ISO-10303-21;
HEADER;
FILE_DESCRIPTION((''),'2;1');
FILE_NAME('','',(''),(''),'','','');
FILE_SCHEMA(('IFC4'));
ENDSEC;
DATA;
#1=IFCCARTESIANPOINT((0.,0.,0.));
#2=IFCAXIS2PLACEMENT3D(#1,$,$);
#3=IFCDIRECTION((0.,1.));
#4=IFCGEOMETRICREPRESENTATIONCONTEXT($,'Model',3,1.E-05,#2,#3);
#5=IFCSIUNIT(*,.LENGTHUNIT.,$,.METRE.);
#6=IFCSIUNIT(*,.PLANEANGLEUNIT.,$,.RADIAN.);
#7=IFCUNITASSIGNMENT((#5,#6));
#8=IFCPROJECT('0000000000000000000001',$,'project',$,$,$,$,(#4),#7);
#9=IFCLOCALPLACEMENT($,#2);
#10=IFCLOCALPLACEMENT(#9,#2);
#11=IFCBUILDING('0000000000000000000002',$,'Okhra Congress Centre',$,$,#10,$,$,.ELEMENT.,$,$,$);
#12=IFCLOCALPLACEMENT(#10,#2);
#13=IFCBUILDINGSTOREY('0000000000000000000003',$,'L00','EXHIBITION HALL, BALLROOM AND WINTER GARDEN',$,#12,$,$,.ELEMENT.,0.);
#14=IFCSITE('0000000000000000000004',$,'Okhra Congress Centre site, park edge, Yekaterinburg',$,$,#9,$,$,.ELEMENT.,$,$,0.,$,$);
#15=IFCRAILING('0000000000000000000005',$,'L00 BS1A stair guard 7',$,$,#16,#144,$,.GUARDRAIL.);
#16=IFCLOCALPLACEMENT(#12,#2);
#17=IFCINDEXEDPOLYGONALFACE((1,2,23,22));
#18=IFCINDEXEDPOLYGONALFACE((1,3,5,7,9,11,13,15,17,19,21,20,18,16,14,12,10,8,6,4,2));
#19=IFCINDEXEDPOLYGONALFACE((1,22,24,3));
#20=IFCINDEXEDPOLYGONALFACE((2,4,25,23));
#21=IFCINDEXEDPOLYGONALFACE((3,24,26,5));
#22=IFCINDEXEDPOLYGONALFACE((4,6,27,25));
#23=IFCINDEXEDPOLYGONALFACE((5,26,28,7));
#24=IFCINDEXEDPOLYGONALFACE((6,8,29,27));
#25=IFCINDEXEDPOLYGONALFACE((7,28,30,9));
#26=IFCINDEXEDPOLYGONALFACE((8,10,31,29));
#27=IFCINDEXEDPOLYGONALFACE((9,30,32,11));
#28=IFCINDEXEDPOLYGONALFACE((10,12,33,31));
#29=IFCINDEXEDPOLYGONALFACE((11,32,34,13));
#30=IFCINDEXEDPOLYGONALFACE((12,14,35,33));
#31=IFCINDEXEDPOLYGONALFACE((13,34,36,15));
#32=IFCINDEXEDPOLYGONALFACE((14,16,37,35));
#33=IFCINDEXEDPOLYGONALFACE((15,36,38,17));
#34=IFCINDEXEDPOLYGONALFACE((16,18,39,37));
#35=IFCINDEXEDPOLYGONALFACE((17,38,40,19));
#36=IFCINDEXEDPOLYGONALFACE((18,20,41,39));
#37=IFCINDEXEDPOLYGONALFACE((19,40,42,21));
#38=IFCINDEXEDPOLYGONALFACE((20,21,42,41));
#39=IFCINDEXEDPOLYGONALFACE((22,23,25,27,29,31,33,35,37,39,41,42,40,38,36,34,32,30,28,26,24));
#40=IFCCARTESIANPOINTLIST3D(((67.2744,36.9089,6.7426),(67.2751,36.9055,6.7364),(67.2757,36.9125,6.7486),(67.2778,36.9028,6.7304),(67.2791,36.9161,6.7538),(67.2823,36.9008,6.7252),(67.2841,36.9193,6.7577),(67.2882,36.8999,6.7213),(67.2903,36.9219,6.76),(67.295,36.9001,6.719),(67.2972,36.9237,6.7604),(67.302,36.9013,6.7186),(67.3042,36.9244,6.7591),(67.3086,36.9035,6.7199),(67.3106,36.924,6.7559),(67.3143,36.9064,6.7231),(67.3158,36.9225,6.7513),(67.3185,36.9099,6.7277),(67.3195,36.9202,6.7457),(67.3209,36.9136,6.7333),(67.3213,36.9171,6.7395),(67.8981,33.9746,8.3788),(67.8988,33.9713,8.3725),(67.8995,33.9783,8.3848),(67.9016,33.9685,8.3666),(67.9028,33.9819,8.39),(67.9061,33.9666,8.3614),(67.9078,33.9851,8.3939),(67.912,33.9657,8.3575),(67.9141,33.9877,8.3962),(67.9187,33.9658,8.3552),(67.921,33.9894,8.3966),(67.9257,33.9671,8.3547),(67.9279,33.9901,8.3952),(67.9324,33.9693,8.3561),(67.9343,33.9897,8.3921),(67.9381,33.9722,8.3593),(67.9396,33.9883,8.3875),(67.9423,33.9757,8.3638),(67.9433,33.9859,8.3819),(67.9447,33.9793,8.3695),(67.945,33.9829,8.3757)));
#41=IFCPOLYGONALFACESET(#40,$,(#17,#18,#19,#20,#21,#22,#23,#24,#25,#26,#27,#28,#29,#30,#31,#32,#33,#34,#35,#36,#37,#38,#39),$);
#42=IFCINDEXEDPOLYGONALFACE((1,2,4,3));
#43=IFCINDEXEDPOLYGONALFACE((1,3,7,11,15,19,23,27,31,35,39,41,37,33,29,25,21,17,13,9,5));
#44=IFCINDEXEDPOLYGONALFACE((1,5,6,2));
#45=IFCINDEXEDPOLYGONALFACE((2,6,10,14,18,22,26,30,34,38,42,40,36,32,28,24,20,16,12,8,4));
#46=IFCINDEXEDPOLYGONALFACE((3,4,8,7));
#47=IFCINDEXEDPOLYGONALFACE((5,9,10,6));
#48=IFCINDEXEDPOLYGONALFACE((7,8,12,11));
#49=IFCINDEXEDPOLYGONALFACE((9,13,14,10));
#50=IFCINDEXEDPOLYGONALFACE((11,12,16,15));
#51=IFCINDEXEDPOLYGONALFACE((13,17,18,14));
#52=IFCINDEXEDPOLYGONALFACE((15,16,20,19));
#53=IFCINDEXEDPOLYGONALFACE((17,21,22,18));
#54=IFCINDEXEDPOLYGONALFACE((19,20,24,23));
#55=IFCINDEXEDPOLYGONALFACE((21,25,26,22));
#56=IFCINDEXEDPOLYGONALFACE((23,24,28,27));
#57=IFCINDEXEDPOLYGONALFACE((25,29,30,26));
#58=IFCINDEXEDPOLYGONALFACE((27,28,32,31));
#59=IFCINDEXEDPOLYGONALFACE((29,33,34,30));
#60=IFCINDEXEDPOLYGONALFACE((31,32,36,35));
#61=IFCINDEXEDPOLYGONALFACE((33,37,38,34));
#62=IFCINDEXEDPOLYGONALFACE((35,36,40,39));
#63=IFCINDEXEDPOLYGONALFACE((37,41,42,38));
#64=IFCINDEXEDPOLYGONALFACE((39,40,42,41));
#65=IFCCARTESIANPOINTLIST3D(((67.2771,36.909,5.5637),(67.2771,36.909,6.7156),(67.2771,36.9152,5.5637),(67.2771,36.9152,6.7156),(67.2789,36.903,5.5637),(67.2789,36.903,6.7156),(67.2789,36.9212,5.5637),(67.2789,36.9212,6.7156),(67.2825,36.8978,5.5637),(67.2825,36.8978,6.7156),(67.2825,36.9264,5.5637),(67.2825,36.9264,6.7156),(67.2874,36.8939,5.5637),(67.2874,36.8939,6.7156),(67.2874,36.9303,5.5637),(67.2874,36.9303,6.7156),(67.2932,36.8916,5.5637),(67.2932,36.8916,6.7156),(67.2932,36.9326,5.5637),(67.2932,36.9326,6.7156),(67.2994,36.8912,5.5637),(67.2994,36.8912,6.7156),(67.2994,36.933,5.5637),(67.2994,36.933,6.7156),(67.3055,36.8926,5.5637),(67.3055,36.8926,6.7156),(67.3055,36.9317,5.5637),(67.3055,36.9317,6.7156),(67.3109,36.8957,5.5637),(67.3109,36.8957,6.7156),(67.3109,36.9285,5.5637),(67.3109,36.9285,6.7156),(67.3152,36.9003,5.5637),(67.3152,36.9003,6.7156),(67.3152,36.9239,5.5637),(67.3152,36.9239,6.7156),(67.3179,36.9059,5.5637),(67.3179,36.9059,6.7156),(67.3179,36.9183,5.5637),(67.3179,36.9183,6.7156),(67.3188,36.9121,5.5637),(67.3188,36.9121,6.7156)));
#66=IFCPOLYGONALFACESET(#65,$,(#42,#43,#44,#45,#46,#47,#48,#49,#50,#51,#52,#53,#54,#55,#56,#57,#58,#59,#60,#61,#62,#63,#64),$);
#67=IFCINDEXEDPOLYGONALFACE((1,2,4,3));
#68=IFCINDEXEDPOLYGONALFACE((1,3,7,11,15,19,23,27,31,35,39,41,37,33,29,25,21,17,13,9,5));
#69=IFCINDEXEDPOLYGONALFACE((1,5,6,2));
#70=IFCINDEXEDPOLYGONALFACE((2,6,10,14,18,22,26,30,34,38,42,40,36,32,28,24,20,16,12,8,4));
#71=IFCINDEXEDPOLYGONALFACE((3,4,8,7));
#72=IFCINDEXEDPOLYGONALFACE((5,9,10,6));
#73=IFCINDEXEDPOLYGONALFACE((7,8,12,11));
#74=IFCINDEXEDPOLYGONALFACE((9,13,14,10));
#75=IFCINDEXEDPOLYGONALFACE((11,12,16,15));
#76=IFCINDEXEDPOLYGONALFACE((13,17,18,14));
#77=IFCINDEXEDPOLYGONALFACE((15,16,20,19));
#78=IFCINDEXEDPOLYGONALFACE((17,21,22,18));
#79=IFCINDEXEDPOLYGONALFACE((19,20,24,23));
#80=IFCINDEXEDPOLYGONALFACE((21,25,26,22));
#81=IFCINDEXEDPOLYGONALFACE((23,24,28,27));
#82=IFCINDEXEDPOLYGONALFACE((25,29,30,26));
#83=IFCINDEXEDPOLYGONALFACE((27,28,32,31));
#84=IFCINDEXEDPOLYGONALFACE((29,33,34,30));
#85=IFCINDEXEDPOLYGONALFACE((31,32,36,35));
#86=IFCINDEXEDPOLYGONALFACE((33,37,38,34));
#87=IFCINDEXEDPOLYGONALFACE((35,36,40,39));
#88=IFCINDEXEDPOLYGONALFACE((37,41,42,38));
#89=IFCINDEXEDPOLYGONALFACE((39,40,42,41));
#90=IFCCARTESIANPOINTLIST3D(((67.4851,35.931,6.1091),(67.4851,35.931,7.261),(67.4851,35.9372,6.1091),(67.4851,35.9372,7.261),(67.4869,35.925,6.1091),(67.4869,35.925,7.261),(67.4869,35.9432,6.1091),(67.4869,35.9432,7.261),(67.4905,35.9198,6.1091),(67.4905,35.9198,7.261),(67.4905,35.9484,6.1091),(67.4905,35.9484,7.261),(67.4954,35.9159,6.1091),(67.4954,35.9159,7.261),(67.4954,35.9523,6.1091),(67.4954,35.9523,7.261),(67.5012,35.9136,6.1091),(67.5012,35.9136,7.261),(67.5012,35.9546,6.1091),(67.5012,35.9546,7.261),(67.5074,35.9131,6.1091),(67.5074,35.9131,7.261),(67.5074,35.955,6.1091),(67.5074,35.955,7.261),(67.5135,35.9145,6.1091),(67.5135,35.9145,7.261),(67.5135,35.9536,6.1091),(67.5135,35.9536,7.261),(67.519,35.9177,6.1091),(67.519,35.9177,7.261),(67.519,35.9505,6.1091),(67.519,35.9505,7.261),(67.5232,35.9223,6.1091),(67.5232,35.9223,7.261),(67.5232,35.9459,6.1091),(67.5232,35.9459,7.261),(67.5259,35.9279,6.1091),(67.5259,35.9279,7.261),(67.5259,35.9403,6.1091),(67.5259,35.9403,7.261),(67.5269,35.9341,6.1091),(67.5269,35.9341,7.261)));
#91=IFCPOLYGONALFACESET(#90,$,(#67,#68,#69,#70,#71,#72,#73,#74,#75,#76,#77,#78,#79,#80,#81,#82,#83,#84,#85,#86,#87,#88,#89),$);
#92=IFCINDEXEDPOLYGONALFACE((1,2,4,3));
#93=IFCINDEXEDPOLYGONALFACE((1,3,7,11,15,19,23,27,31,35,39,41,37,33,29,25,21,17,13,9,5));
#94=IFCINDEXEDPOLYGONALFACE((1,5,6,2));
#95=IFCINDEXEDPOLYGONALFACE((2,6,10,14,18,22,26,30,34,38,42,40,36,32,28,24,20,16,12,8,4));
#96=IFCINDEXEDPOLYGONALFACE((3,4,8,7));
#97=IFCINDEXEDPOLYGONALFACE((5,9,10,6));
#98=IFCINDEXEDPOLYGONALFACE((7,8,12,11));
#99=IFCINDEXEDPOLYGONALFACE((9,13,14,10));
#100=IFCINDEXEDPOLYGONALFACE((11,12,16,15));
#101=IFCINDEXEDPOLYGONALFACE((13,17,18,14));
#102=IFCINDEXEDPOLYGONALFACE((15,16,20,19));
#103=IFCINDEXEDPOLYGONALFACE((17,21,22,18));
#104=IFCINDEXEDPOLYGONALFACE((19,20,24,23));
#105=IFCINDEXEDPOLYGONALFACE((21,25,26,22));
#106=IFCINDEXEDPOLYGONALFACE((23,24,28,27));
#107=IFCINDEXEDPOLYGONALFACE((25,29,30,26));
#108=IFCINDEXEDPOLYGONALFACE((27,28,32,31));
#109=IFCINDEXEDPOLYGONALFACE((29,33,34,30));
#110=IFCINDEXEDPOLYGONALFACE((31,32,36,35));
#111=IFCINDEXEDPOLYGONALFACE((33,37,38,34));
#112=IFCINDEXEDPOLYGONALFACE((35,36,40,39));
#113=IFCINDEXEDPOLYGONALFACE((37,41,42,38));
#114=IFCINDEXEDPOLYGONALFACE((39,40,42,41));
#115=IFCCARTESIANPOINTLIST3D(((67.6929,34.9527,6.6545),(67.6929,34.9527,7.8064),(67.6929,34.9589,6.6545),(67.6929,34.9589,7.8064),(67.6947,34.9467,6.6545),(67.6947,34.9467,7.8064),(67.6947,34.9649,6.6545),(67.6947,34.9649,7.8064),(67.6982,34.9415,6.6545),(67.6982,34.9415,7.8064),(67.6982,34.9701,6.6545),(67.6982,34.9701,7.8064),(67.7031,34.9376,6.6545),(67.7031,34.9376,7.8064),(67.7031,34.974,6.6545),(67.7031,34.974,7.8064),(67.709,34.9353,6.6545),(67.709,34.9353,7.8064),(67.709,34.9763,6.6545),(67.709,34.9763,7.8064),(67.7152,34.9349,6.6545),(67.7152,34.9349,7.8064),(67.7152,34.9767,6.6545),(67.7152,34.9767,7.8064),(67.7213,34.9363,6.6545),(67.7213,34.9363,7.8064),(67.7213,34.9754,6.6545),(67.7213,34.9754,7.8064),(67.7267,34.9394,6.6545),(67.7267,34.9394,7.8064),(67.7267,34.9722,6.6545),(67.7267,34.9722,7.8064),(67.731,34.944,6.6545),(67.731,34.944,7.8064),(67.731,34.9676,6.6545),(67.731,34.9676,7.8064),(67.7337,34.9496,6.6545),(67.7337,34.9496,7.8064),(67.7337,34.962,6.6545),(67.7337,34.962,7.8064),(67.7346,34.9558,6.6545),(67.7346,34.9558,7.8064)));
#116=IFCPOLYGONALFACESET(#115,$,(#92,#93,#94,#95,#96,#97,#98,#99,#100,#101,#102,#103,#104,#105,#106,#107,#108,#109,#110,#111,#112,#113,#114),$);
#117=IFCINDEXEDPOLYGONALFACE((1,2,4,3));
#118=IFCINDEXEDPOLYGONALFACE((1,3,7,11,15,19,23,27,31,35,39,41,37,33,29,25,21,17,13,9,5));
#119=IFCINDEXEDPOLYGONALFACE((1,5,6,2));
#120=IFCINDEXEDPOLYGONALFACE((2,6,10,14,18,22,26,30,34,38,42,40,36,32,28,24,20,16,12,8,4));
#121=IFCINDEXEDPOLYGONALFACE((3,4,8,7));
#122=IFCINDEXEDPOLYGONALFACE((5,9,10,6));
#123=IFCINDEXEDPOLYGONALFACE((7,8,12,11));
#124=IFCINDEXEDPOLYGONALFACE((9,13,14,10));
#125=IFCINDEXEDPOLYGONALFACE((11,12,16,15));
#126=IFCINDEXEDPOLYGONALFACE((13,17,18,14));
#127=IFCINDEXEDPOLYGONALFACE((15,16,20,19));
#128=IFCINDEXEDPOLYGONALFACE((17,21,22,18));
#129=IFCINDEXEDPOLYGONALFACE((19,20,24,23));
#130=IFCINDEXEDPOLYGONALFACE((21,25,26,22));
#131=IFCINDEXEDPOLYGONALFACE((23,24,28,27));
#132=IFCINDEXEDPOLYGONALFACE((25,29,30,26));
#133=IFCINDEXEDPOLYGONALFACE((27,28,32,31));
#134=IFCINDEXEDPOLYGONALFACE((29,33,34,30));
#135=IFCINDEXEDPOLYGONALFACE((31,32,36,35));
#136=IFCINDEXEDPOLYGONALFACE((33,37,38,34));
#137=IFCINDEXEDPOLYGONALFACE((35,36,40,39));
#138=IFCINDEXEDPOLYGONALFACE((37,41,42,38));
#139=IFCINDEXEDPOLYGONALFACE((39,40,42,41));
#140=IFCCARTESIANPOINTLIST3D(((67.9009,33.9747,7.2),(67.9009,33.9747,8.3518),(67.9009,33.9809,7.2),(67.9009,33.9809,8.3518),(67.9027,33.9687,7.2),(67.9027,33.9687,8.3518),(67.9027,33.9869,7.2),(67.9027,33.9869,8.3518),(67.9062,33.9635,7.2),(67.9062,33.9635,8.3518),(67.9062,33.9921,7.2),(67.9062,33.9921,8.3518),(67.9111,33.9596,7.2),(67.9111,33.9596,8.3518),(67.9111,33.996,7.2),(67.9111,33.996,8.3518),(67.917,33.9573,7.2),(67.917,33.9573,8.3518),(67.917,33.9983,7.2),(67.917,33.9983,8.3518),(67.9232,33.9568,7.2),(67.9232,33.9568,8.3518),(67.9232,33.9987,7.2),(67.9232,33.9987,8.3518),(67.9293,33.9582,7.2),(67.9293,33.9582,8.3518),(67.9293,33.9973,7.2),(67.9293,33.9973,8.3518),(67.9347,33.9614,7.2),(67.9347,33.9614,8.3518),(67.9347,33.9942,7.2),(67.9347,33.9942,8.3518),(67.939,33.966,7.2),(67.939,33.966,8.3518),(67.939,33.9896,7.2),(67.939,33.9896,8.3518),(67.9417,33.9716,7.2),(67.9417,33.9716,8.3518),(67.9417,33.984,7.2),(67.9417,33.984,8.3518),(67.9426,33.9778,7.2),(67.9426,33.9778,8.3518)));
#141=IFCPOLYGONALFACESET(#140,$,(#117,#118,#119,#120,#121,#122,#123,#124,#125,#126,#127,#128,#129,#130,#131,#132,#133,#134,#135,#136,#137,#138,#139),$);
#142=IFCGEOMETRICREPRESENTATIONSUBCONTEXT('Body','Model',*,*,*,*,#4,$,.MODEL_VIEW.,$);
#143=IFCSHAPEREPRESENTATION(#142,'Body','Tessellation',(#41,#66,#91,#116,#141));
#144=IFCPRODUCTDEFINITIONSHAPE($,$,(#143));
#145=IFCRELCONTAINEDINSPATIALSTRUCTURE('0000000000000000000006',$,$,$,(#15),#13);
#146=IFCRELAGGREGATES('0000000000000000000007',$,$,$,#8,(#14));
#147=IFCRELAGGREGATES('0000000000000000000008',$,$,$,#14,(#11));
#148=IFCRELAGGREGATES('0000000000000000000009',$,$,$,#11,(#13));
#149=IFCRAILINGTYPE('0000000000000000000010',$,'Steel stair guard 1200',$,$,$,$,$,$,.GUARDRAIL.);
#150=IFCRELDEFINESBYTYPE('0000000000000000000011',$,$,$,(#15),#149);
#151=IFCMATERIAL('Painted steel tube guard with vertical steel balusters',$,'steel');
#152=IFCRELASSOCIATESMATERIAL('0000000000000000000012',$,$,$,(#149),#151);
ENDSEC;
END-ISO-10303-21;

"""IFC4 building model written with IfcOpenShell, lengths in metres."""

from ifc_helpers import new_model, si_unit, direction, frame, origin, origin_2d, place, context, subcontext, project, spatial, circle, extrude, material, type_object, element, save


model = new_model("IFC4")

# Units and contexts
model_context = context("Model", 3, precision=1e-05, world=origin(), true_north=direction((0.0, 1.0)))
body_context = subcontext(model_context, "Body", "Model", "MODEL_VIEW")
ifc_project = project(units=[si_unit("LENGTHUNIT", "METRE"), si_unit("PLANEANGLEUNIT", "RADIAN")], contexts=[model_context])

# Site, building, storey
site_placement = place(None, origin())
site = spatial("IfcSite", under=ifc_project, at=site_placement, Name="Okhra Congress Centre site, park edge, Yekaterinburg", CompositionType="ELEMENT", RefElevation=0.0)
building_placement = place(site_placement, origin())
building = spatial("IfcBuilding", under=site, at=building_placement, Name="Okhra Congress Centre", CompositionType="ELEMENT")
storey_placement = place(building_placement, origin())
storey = spatial("IfcBuildingStorey", under=building, at=storey_placement, Name="L00", Description="EXHIBITION HALL, BALLROOM AND WINTER GARDEN", CompositionType="ELEMENT", Elevation=0.0)

# Railing
ifc_material_1 = material(Name="Painted steel tube guard with vertical steel balusters", Category="steel")
railing_type_1 = type_object("IfcRailingType", Name="Steel stair guard 1200", PredefinedType="GUARDRAIL", material=ifc_material_1)
railing_1_placement = place(storey_placement, frame((67.2979, 36.9121, 5.5637)))
element("IfcRailing", 1, at=railing_1_placement, inside=storey, type_object=railing_type_1, Name="L00 BS1A stair guard 7", PredefinedType="GUARDRAIL", context=body_context, shape_type="SweptSolid", body=[
    extrude(circle(Radius=0.0239, at=origin_2d()), frame((0.0, 0.0, 1.1758), z_axis=(0.182546, -0.858716, 0.478835), x_axis=(0.978143, 0.207934, 0.0)), (0.0, 0.0, 1.0), 3.417),
    extrude(circle(Radius=0.021, at=origin_2d()), origin(), (0.0, 0.0, 1.0), 1.1519),
    extrude(circle(Radius=0.021, at=origin_2d()), frame((0.208, -0.978, 0.5454)), (0.0, 0.0, 1.0), 1.1519),
    extrude(circle(Radius=0.021, at=origin_2d()), frame((0.4158, -1.9563, 1.0908)), (0.0, 0.0, 1.0), 1.1519),
    extrude(circle(Radius=0.021, at=origin_2d()), frame((0.6238, -2.9343, 1.6362)), (0.0, 0.0, 1.0), 1.1519),
])

save(model, "model.ifc")
